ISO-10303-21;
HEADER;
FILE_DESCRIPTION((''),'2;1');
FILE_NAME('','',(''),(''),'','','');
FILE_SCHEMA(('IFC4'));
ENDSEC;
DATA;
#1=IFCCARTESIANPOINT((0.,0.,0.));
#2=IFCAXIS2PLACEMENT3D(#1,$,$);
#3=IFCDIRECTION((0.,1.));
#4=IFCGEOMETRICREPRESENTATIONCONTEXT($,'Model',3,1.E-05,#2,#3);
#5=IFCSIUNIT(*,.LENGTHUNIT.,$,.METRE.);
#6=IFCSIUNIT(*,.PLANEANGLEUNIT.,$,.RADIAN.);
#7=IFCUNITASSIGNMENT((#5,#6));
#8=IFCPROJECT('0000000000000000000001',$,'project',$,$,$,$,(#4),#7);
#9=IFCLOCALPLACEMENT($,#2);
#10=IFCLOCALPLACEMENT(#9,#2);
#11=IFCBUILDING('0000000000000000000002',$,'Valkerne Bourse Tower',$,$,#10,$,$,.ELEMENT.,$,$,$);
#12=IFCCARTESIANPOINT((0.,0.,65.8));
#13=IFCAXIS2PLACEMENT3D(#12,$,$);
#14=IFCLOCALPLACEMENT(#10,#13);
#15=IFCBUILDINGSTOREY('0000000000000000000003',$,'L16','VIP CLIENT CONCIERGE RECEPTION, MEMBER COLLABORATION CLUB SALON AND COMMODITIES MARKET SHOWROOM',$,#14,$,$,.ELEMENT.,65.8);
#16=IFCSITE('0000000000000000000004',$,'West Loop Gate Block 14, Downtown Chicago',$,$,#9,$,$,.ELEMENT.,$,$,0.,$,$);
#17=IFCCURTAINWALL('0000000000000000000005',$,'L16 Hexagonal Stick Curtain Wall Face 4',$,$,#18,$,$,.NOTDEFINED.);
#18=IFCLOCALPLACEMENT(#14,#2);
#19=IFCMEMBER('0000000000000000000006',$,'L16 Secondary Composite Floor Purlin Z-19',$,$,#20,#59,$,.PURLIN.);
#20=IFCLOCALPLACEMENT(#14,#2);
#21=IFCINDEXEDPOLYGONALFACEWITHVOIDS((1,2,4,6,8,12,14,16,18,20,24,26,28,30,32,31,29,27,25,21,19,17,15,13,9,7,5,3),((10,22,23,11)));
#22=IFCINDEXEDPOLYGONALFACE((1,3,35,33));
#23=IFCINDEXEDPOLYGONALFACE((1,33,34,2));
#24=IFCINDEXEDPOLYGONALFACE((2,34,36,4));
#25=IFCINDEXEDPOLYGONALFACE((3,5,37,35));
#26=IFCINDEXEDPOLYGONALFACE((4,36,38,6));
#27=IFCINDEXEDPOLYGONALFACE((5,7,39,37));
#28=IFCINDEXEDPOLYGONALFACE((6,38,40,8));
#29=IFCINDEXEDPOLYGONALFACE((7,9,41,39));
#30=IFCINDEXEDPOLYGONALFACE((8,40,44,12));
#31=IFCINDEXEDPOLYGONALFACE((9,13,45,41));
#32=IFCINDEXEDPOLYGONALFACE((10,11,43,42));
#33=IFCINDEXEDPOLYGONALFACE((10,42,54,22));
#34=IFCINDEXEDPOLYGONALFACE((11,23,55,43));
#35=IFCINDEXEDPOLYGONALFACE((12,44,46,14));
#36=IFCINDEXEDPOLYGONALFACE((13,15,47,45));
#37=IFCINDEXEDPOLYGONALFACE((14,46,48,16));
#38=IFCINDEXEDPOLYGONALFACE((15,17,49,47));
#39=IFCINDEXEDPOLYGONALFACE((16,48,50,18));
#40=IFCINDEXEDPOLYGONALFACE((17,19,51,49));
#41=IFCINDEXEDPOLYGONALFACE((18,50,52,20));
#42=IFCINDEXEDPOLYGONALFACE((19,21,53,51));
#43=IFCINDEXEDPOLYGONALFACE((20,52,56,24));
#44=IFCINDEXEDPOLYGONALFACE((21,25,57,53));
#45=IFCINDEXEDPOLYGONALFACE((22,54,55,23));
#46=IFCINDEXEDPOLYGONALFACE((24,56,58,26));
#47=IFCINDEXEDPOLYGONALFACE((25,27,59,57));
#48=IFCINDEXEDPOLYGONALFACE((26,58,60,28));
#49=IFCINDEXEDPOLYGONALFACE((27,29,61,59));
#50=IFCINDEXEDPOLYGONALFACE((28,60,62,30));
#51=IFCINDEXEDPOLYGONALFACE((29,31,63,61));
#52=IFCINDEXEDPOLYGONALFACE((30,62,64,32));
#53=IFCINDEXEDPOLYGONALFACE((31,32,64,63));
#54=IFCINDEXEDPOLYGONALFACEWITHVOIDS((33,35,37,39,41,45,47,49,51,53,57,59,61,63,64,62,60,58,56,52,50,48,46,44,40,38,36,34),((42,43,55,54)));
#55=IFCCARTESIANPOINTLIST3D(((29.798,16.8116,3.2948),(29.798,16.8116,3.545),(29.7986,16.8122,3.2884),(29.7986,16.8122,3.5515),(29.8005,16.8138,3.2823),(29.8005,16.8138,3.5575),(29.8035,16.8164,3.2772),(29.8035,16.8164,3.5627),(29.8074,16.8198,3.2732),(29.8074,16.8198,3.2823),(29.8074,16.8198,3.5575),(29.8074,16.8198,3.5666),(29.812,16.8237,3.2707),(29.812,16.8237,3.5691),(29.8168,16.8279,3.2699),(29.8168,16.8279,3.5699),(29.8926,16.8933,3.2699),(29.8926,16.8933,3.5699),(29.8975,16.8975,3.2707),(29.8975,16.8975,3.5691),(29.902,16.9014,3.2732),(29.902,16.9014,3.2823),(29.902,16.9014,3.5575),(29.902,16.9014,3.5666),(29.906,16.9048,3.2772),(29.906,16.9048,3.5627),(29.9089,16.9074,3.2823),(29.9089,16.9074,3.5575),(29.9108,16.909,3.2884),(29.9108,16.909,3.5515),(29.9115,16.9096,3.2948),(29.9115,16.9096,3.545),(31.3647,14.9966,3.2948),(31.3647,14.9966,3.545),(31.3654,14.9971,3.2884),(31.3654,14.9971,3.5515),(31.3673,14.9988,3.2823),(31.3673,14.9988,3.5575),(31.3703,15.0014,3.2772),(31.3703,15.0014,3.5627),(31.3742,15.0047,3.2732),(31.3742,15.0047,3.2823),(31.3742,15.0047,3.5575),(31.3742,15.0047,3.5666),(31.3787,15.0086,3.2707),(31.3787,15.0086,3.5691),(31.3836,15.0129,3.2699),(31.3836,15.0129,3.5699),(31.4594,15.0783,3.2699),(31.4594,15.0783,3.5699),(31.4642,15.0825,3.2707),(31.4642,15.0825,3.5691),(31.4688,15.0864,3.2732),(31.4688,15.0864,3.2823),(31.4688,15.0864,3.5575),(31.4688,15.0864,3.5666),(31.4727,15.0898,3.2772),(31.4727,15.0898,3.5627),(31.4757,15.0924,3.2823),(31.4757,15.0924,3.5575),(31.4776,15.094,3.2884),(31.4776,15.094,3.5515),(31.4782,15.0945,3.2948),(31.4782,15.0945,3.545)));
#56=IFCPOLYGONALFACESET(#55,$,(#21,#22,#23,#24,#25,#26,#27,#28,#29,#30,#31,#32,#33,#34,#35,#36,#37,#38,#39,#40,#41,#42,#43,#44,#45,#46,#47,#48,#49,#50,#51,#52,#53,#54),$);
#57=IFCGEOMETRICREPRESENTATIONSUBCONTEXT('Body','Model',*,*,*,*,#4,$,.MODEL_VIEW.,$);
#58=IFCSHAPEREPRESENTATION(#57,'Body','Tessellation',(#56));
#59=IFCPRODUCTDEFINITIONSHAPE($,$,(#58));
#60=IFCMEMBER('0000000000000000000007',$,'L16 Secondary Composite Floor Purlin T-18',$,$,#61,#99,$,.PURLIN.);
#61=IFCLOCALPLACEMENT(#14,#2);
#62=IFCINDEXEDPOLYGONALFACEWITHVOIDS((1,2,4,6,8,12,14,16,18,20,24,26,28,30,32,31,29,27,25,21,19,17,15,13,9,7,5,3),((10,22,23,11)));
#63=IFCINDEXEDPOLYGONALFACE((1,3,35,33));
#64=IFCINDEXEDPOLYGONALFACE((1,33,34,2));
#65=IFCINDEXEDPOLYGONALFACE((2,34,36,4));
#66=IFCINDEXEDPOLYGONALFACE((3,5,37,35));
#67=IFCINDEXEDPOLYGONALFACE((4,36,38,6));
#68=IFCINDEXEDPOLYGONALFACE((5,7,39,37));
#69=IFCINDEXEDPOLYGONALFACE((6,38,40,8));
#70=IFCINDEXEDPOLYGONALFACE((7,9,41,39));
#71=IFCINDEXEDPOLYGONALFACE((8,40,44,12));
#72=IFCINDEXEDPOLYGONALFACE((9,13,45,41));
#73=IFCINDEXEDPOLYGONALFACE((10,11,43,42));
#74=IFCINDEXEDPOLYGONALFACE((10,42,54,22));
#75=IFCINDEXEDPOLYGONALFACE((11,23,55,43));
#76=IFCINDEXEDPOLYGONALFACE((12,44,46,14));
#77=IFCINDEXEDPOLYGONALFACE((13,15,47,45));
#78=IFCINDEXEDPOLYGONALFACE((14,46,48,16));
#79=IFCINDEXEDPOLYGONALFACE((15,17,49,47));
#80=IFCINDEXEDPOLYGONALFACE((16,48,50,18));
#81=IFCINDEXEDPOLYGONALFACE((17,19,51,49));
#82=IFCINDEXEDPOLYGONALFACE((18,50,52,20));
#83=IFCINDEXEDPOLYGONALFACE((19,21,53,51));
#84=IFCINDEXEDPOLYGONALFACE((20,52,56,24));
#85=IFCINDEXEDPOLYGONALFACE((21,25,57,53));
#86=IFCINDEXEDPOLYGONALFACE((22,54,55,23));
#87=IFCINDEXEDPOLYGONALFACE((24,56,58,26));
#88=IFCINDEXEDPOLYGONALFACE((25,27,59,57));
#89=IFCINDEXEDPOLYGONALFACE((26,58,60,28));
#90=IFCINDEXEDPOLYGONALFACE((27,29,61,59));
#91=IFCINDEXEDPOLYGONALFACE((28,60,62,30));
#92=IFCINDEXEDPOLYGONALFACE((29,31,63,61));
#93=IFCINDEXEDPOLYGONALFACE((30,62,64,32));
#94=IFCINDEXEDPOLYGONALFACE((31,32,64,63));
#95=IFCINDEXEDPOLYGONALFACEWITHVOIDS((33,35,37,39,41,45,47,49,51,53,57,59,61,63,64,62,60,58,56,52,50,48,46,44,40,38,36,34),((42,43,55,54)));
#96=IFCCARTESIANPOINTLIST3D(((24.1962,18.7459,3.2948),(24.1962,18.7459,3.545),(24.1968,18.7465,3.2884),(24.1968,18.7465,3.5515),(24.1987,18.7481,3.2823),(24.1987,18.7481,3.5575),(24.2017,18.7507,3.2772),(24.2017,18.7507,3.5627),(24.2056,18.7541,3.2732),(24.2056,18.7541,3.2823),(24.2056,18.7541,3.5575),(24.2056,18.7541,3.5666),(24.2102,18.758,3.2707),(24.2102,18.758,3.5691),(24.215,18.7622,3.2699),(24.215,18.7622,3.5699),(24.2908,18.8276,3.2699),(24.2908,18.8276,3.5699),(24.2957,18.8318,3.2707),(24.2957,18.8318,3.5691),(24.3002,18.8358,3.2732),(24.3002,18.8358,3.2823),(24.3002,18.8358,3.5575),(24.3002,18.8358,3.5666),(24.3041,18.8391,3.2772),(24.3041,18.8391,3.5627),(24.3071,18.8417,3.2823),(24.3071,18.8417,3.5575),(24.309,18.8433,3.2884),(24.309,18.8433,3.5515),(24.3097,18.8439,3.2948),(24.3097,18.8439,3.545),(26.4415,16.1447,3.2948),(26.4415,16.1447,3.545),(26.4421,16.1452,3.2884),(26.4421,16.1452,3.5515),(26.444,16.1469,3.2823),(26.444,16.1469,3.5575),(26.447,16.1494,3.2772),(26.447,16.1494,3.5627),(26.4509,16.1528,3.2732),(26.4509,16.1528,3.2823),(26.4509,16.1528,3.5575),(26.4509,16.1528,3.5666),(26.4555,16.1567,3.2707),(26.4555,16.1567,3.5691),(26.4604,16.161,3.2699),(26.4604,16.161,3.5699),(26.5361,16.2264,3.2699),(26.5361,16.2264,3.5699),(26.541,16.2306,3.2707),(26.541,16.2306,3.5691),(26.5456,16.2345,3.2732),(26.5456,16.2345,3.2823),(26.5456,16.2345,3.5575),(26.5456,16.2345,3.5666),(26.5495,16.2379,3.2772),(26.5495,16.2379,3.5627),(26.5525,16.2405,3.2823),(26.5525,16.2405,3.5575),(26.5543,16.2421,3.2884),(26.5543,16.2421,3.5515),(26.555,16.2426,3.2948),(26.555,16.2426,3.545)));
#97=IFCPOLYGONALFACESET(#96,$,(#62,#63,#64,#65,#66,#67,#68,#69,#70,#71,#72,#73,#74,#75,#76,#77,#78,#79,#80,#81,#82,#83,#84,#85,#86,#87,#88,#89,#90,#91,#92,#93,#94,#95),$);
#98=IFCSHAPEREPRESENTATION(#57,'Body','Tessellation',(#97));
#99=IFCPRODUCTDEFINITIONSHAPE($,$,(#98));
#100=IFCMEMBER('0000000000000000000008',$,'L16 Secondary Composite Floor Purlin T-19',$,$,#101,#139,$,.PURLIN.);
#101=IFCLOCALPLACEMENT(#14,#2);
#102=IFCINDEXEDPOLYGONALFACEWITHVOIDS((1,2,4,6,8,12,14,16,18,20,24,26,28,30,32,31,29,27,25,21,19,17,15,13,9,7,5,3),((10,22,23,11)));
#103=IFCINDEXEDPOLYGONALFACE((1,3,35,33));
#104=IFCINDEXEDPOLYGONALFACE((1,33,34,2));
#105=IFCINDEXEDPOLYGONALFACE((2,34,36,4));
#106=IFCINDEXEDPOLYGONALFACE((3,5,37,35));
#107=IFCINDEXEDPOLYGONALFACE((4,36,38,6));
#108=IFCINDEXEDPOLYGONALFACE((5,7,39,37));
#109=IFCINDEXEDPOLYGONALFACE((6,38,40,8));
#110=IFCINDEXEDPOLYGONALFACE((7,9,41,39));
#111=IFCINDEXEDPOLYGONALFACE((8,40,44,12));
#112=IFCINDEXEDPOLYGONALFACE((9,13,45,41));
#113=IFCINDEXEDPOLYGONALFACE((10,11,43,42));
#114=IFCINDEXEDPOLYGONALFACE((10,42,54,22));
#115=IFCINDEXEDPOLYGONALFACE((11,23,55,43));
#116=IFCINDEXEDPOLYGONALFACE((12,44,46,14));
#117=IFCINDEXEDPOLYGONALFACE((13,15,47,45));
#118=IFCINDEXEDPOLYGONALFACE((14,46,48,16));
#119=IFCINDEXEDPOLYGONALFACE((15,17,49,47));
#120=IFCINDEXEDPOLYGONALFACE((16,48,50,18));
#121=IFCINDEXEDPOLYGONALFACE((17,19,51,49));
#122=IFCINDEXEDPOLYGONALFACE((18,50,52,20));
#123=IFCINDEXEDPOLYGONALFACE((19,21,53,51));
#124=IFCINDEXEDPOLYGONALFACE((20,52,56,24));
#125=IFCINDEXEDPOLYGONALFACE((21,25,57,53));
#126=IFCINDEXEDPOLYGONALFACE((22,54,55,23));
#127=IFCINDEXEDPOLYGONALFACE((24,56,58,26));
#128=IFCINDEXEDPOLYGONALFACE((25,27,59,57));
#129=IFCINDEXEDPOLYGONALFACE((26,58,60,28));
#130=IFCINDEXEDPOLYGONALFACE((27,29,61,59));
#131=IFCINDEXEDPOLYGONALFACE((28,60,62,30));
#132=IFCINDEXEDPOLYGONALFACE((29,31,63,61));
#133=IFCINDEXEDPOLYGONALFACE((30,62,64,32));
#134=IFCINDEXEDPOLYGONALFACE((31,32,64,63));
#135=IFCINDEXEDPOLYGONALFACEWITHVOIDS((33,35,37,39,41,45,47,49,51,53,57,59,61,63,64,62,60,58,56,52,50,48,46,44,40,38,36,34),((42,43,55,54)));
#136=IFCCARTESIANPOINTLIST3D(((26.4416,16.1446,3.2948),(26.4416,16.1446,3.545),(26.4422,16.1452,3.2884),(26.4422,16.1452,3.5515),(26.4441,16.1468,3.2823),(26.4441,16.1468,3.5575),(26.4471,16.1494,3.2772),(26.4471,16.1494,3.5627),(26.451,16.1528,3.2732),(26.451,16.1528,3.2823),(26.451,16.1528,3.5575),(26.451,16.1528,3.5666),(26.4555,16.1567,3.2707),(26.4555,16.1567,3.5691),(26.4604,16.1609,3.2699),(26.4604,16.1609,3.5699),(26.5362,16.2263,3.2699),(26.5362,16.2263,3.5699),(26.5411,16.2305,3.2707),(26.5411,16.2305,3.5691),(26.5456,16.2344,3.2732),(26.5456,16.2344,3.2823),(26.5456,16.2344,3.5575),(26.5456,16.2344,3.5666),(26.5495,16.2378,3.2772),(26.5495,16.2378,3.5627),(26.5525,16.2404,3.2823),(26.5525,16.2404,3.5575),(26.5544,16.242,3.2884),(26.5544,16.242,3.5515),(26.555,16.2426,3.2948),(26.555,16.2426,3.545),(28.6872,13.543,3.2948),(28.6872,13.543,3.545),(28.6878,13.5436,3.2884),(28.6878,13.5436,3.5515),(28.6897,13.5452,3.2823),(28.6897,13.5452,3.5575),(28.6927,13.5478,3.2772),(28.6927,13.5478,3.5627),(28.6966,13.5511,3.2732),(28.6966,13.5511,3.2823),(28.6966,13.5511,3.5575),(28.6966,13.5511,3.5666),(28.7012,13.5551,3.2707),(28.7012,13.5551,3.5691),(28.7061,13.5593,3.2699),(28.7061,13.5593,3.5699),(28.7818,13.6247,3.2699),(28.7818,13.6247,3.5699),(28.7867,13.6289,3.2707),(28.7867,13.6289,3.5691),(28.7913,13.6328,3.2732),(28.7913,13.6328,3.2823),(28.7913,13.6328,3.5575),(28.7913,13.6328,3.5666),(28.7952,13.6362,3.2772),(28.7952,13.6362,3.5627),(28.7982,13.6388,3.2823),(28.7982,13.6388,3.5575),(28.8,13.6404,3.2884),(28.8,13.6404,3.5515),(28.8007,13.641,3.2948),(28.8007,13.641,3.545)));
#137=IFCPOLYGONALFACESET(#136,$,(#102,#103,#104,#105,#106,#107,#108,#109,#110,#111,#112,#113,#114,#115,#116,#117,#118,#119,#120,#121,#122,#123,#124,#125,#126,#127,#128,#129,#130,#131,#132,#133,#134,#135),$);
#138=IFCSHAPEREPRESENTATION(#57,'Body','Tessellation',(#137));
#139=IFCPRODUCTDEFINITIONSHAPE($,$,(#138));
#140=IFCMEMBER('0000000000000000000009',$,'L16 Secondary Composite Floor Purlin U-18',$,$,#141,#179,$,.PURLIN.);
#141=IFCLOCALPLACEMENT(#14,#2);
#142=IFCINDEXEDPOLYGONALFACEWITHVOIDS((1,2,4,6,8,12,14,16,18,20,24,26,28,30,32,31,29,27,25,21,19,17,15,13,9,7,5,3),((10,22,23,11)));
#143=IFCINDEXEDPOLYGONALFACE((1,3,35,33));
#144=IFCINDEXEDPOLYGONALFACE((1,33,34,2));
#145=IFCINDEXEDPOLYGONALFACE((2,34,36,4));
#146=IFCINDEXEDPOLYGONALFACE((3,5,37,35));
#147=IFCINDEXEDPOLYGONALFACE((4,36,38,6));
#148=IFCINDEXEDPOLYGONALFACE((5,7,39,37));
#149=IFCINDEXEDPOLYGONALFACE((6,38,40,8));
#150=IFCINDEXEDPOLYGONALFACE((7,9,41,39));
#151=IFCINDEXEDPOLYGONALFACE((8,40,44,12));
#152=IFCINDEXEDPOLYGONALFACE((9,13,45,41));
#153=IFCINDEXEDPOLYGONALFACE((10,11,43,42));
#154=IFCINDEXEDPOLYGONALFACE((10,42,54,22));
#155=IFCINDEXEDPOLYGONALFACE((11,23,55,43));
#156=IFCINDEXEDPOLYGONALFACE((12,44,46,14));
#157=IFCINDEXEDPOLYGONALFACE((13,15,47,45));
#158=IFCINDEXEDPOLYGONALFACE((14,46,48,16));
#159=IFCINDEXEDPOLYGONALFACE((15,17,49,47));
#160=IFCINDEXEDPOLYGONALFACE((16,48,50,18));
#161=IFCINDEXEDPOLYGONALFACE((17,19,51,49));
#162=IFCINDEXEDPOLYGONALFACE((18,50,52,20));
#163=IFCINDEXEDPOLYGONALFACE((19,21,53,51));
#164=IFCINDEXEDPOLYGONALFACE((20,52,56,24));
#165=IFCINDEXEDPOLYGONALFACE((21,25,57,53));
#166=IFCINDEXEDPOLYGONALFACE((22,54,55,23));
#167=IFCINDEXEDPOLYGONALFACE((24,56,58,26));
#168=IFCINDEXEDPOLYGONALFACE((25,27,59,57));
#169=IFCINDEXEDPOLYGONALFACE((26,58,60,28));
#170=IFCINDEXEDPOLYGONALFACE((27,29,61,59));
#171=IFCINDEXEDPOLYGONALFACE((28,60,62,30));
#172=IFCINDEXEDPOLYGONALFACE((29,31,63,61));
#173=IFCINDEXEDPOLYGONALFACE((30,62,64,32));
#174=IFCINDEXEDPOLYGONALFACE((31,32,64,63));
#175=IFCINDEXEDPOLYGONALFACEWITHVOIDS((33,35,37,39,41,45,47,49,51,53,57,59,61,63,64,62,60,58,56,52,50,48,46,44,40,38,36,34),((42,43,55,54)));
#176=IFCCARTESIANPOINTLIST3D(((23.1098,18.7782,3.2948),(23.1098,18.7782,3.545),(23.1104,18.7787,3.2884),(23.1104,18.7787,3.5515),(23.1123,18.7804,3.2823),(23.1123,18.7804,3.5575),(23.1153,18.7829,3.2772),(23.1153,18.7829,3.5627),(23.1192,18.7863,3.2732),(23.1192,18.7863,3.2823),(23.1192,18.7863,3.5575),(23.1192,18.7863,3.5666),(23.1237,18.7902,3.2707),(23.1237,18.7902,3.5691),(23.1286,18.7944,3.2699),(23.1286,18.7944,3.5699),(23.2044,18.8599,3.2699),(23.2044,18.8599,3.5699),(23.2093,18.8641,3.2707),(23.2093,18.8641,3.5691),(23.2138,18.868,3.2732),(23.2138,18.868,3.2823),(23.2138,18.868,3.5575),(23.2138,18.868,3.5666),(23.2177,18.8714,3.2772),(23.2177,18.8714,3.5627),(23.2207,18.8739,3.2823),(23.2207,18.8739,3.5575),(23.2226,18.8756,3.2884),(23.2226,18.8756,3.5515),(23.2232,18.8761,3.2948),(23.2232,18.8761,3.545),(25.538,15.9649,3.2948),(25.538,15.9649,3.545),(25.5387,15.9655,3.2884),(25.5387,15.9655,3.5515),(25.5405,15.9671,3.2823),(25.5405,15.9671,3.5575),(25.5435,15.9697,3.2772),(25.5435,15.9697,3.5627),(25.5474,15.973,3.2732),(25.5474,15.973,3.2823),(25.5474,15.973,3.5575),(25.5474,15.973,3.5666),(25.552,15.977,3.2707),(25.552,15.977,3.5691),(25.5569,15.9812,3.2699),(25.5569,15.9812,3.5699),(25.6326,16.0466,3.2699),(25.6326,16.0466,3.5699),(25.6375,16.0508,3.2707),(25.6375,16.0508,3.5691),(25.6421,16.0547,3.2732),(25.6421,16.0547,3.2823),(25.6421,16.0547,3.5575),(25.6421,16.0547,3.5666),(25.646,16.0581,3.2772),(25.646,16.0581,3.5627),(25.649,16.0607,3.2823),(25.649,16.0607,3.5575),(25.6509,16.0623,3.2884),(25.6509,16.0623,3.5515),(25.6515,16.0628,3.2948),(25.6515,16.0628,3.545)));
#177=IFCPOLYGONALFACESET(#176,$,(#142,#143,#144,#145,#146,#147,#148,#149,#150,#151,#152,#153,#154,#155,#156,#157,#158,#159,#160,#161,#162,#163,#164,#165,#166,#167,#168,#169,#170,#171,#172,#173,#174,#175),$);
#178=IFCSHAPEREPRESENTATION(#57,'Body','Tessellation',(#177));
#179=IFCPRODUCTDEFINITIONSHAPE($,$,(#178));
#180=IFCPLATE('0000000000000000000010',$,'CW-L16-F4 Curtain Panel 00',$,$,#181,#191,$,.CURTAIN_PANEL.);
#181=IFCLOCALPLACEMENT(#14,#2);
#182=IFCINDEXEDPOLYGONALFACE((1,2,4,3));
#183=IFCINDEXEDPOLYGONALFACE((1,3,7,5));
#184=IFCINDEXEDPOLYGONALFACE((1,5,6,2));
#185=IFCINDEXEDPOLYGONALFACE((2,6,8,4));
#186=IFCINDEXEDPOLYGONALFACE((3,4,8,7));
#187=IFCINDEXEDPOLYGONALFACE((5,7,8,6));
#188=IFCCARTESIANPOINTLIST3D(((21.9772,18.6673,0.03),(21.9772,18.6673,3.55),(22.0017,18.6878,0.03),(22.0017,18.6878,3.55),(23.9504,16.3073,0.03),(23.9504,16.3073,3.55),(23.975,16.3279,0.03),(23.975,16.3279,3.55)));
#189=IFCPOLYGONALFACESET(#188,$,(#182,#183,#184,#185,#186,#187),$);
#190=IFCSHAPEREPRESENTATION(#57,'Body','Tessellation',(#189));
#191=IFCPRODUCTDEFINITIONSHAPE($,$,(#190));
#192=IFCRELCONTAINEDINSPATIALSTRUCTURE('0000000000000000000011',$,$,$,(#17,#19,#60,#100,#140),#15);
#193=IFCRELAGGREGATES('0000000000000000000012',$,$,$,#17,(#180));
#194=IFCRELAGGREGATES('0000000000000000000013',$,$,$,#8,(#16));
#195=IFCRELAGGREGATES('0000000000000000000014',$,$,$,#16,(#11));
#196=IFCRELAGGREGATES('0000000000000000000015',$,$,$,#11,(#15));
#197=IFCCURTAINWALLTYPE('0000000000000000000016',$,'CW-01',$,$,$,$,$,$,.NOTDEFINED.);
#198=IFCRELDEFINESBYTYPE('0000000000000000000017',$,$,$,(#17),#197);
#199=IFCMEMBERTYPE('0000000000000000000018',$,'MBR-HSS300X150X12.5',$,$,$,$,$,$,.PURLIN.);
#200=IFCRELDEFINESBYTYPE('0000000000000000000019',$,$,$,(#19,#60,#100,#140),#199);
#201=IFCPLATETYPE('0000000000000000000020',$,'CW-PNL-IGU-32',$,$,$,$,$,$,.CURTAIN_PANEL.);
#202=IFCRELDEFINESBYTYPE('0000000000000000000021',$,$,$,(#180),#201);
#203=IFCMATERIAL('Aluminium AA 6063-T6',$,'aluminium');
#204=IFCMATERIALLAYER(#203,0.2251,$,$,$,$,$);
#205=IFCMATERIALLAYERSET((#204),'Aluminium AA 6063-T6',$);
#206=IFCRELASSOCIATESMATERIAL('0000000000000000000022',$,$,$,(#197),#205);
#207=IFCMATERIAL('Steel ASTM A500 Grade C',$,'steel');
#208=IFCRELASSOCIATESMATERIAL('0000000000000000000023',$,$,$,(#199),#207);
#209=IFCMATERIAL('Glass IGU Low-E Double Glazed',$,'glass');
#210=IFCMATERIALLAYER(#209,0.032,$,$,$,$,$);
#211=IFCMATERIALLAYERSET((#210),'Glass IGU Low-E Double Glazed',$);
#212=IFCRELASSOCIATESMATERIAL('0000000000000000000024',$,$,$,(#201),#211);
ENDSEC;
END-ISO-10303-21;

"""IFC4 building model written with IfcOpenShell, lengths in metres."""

from ifc_helpers import new_model, si_unit, direction, frame, origin, origin_2d, place, context, subcontext, project, spatial, rectangle, hollow_rectangle, extrude, material, layer, layer_set, material_profile, profile_set, type_object, element, aggregate, save


model = new_model("IFC4")

# Units and contexts
model_context = context("Model", 3, precision=1e-05, world=origin(), true_north=direction((0.0, 1.0)))
body_context = subcontext(model_context, "Body", "Model", "MODEL_VIEW")
ifc_project = project(units=[si_unit("LENGTHUNIT", "METRE"), si_unit("PLANEANGLEUNIT", "RADIAN")], contexts=[model_context])

# Site, building, storey
site_placement = place(None, origin())
site = spatial("IfcSite", under=ifc_project, at=site_placement, Name="West Loop Gate Block 14, Downtown Chicago", CompositionType="ELEMENT", RefElevation=0.0)
building_placement = place(site_placement, origin())
building = spatial("IfcBuilding", under=site, at=building_placement, Name="Valkerne Bourse Tower", CompositionType="ELEMENT")
storey_placement = place(building_placement, frame((0.0, 0.0, 65.8)))
storey = spatial("IfcBuildingStorey", under=building, at=storey_placement, Name="L16", Description="VIP CLIENT CONCIERGE RECEPTION, MEMBER COLLABORATION CLUB SALON AND COMMODITIES MARKET SHOWROOM", CompositionType="ELEMENT", Elevation=65.8)

# Curtain wall
ifc_material_1 = material(Name="Aluminium AA 6063-T6", Category="aluminium")
ifc_layer_1 = layer(ifc_material_1, 0.2251)
ifc_layer_set_1 = layer_set([ifc_layer_1], Name="Aluminium AA 6063-T6")
curtain_wall_type = type_object("IfcCurtainWallType", Name="CW-01", PredefinedType="NOTDEFINED", material=ifc_layer_set_1)
curtain_wall_placement = place(storey_placement, origin())
curtain_wall = element("IfcCurtainWall", 1, at=curtain_wall_placement, inside=storey, type_object=curtain_wall_type, Name="L16 Hexagonal Stick Curtain Wall Face 4", PredefinedType="NOTDEFINED")

# Members
ifc_material_2 = material(Name="Steel ASTM A500 Grade C", Category="steel")
ifc_material_profile_1 = material_profile(ifc_material_2, hollow_rectangle(XDim=0.1499, YDim=0.3, WallThickness=0.0125, OuterFilletRadius=0.0249, at=origin_2d()), Name="HSS300X150X12.5")
ifc_profile_set_1 = profile_set([ifc_material_profile_1], Name="Steel ASTM A500 Grade C")
member_type_1 = type_object("IfcMemberType", Name="MBR-HSS300X150X12.5", PredefinedType="PURLIN", material=ifc_profile_set_1)
for number, where, z_axis, x_axis, name in (
    (2, (29.8547, 16.8606, 3.4199), (0.653429, -0.756988, 0.0), (0.756988, 0.653429, 0.0), "L16 Secondary Composite Floor Purlin Z-19"),
):
    element("IfcMember", number, at=place(storey_placement, frame(where, z_axis=z_axis, x_axis=x_axis)), inside=storey, type_object=member_type_1, Name=name, PredefinedType="PURLIN", context=body_context, shape_type="SweptSolid", body=[
        extrude(hollow_rectangle(XDim=0.1499, YDim=0.3, WallThickness=0.0125, OuterFilletRadius=0.0249, at=origin_2d()), origin(), (0.0, 0.0, 1.0), 2.3977),
    ])
member_1_placement = place(storey_placement, frame((24.2529, 18.7949, 3.4199), z_axis=(0.653415, -0.757, 0.0), x_axis=(0.757, 0.653415, 0.0)))
element("IfcMember", 3, at=member_1_placement, inside=storey, type_object=member_type_1, Name="L16 Secondary Composite Floor Purlin T-18", PredefinedType="PURLIN", context=body_context, shape_type="SweptSolid", body=[
    extrude(hollow_rectangle(XDim=0.1499, YDim=0.3, WallThickness=0.0125, OuterFilletRadius=0.0249, at=origin_2d()), origin(), (0.0, 0.0, 1.0), 3.4363),
])
member_2_placement = place(storey_placement, frame((26.4983, 16.1936, 3.4199), z_axis=(0.65342, -0.756995, 0.0), x_axis=(0.756995, 0.65342, 0.0)))
element("IfcMember", 4, at=member_2_placement, inside=storey, type_object=member_type_1, Name="L16 Secondary Composite Floor Purlin T-19", PredefinedType="PURLIN", context=body_context, shape_type="SweptSolid", body=[
    extrude(hollow_rectangle(XDim=0.1499, YDim=0.3, WallThickness=0.0125, OuterFilletRadius=0.0249, at=origin_2d()), origin(), (0.0, 0.0, 1.0), 3.4368),
])
member_3_placement = place(storey_placement, frame((23.1665, 18.8271, 3.4199), z_axis=(0.653406, -0.757008, 0.0), x_axis=(0.757008, 0.653406, 0.0)))
element("IfcMember", 5, at=member_3_placement, inside=storey, type_object=member_type_1, Name="L16 Secondary Composite Floor Purlin U-18", PredefinedType="PURLIN", context=body_context, shape_type="SweptSolid", body=[
    extrude(hollow_rectangle(XDim=0.1499, YDim=0.3, WallThickness=0.0125, OuterFilletRadius=0.0249, at=origin_2d()), origin(), (0.0, 0.0, 1.0), 3.7163),
])

# Plate
ifc_material_3 = material(Name="Glass IGU Low-E Double Glazed", Category="glass")
ifc_layer_2 = layer(ifc_material_3, 0.032)
ifc_layer_set_2 = layer_set([ifc_layer_2], Name="Glass IGU Low-E Double Glazed")
plate_type = type_object("IfcPlateType", Name="CW-PNL-IGU-32", PredefinedType="CURTAIN_PANEL", material=ifc_layer_set_2)
plate_placement = place(storey_placement, frame((22.9761, 17.4976, 0.03), z_axis=(0.0, 0.0, 1.0), x_axis=(0.641459, -0.767158, 0.0)))
plate = element("IfcPlate", 6, at=plate_placement, type_object=plate_type, Name="CW-L16-F4 Curtain Panel 00", PredefinedType="CURTAIN_PANEL", context=body_context, shape_type="SweptSolid", body=[
    extrude(rectangle(XDim=3.0762, YDim=0.032, at=origin_2d()), origin(), (0.0, 0.0, 1.0), 3.52),
])
aggregate(curtain_wall, [plate])

save(model, "model.ifc")
